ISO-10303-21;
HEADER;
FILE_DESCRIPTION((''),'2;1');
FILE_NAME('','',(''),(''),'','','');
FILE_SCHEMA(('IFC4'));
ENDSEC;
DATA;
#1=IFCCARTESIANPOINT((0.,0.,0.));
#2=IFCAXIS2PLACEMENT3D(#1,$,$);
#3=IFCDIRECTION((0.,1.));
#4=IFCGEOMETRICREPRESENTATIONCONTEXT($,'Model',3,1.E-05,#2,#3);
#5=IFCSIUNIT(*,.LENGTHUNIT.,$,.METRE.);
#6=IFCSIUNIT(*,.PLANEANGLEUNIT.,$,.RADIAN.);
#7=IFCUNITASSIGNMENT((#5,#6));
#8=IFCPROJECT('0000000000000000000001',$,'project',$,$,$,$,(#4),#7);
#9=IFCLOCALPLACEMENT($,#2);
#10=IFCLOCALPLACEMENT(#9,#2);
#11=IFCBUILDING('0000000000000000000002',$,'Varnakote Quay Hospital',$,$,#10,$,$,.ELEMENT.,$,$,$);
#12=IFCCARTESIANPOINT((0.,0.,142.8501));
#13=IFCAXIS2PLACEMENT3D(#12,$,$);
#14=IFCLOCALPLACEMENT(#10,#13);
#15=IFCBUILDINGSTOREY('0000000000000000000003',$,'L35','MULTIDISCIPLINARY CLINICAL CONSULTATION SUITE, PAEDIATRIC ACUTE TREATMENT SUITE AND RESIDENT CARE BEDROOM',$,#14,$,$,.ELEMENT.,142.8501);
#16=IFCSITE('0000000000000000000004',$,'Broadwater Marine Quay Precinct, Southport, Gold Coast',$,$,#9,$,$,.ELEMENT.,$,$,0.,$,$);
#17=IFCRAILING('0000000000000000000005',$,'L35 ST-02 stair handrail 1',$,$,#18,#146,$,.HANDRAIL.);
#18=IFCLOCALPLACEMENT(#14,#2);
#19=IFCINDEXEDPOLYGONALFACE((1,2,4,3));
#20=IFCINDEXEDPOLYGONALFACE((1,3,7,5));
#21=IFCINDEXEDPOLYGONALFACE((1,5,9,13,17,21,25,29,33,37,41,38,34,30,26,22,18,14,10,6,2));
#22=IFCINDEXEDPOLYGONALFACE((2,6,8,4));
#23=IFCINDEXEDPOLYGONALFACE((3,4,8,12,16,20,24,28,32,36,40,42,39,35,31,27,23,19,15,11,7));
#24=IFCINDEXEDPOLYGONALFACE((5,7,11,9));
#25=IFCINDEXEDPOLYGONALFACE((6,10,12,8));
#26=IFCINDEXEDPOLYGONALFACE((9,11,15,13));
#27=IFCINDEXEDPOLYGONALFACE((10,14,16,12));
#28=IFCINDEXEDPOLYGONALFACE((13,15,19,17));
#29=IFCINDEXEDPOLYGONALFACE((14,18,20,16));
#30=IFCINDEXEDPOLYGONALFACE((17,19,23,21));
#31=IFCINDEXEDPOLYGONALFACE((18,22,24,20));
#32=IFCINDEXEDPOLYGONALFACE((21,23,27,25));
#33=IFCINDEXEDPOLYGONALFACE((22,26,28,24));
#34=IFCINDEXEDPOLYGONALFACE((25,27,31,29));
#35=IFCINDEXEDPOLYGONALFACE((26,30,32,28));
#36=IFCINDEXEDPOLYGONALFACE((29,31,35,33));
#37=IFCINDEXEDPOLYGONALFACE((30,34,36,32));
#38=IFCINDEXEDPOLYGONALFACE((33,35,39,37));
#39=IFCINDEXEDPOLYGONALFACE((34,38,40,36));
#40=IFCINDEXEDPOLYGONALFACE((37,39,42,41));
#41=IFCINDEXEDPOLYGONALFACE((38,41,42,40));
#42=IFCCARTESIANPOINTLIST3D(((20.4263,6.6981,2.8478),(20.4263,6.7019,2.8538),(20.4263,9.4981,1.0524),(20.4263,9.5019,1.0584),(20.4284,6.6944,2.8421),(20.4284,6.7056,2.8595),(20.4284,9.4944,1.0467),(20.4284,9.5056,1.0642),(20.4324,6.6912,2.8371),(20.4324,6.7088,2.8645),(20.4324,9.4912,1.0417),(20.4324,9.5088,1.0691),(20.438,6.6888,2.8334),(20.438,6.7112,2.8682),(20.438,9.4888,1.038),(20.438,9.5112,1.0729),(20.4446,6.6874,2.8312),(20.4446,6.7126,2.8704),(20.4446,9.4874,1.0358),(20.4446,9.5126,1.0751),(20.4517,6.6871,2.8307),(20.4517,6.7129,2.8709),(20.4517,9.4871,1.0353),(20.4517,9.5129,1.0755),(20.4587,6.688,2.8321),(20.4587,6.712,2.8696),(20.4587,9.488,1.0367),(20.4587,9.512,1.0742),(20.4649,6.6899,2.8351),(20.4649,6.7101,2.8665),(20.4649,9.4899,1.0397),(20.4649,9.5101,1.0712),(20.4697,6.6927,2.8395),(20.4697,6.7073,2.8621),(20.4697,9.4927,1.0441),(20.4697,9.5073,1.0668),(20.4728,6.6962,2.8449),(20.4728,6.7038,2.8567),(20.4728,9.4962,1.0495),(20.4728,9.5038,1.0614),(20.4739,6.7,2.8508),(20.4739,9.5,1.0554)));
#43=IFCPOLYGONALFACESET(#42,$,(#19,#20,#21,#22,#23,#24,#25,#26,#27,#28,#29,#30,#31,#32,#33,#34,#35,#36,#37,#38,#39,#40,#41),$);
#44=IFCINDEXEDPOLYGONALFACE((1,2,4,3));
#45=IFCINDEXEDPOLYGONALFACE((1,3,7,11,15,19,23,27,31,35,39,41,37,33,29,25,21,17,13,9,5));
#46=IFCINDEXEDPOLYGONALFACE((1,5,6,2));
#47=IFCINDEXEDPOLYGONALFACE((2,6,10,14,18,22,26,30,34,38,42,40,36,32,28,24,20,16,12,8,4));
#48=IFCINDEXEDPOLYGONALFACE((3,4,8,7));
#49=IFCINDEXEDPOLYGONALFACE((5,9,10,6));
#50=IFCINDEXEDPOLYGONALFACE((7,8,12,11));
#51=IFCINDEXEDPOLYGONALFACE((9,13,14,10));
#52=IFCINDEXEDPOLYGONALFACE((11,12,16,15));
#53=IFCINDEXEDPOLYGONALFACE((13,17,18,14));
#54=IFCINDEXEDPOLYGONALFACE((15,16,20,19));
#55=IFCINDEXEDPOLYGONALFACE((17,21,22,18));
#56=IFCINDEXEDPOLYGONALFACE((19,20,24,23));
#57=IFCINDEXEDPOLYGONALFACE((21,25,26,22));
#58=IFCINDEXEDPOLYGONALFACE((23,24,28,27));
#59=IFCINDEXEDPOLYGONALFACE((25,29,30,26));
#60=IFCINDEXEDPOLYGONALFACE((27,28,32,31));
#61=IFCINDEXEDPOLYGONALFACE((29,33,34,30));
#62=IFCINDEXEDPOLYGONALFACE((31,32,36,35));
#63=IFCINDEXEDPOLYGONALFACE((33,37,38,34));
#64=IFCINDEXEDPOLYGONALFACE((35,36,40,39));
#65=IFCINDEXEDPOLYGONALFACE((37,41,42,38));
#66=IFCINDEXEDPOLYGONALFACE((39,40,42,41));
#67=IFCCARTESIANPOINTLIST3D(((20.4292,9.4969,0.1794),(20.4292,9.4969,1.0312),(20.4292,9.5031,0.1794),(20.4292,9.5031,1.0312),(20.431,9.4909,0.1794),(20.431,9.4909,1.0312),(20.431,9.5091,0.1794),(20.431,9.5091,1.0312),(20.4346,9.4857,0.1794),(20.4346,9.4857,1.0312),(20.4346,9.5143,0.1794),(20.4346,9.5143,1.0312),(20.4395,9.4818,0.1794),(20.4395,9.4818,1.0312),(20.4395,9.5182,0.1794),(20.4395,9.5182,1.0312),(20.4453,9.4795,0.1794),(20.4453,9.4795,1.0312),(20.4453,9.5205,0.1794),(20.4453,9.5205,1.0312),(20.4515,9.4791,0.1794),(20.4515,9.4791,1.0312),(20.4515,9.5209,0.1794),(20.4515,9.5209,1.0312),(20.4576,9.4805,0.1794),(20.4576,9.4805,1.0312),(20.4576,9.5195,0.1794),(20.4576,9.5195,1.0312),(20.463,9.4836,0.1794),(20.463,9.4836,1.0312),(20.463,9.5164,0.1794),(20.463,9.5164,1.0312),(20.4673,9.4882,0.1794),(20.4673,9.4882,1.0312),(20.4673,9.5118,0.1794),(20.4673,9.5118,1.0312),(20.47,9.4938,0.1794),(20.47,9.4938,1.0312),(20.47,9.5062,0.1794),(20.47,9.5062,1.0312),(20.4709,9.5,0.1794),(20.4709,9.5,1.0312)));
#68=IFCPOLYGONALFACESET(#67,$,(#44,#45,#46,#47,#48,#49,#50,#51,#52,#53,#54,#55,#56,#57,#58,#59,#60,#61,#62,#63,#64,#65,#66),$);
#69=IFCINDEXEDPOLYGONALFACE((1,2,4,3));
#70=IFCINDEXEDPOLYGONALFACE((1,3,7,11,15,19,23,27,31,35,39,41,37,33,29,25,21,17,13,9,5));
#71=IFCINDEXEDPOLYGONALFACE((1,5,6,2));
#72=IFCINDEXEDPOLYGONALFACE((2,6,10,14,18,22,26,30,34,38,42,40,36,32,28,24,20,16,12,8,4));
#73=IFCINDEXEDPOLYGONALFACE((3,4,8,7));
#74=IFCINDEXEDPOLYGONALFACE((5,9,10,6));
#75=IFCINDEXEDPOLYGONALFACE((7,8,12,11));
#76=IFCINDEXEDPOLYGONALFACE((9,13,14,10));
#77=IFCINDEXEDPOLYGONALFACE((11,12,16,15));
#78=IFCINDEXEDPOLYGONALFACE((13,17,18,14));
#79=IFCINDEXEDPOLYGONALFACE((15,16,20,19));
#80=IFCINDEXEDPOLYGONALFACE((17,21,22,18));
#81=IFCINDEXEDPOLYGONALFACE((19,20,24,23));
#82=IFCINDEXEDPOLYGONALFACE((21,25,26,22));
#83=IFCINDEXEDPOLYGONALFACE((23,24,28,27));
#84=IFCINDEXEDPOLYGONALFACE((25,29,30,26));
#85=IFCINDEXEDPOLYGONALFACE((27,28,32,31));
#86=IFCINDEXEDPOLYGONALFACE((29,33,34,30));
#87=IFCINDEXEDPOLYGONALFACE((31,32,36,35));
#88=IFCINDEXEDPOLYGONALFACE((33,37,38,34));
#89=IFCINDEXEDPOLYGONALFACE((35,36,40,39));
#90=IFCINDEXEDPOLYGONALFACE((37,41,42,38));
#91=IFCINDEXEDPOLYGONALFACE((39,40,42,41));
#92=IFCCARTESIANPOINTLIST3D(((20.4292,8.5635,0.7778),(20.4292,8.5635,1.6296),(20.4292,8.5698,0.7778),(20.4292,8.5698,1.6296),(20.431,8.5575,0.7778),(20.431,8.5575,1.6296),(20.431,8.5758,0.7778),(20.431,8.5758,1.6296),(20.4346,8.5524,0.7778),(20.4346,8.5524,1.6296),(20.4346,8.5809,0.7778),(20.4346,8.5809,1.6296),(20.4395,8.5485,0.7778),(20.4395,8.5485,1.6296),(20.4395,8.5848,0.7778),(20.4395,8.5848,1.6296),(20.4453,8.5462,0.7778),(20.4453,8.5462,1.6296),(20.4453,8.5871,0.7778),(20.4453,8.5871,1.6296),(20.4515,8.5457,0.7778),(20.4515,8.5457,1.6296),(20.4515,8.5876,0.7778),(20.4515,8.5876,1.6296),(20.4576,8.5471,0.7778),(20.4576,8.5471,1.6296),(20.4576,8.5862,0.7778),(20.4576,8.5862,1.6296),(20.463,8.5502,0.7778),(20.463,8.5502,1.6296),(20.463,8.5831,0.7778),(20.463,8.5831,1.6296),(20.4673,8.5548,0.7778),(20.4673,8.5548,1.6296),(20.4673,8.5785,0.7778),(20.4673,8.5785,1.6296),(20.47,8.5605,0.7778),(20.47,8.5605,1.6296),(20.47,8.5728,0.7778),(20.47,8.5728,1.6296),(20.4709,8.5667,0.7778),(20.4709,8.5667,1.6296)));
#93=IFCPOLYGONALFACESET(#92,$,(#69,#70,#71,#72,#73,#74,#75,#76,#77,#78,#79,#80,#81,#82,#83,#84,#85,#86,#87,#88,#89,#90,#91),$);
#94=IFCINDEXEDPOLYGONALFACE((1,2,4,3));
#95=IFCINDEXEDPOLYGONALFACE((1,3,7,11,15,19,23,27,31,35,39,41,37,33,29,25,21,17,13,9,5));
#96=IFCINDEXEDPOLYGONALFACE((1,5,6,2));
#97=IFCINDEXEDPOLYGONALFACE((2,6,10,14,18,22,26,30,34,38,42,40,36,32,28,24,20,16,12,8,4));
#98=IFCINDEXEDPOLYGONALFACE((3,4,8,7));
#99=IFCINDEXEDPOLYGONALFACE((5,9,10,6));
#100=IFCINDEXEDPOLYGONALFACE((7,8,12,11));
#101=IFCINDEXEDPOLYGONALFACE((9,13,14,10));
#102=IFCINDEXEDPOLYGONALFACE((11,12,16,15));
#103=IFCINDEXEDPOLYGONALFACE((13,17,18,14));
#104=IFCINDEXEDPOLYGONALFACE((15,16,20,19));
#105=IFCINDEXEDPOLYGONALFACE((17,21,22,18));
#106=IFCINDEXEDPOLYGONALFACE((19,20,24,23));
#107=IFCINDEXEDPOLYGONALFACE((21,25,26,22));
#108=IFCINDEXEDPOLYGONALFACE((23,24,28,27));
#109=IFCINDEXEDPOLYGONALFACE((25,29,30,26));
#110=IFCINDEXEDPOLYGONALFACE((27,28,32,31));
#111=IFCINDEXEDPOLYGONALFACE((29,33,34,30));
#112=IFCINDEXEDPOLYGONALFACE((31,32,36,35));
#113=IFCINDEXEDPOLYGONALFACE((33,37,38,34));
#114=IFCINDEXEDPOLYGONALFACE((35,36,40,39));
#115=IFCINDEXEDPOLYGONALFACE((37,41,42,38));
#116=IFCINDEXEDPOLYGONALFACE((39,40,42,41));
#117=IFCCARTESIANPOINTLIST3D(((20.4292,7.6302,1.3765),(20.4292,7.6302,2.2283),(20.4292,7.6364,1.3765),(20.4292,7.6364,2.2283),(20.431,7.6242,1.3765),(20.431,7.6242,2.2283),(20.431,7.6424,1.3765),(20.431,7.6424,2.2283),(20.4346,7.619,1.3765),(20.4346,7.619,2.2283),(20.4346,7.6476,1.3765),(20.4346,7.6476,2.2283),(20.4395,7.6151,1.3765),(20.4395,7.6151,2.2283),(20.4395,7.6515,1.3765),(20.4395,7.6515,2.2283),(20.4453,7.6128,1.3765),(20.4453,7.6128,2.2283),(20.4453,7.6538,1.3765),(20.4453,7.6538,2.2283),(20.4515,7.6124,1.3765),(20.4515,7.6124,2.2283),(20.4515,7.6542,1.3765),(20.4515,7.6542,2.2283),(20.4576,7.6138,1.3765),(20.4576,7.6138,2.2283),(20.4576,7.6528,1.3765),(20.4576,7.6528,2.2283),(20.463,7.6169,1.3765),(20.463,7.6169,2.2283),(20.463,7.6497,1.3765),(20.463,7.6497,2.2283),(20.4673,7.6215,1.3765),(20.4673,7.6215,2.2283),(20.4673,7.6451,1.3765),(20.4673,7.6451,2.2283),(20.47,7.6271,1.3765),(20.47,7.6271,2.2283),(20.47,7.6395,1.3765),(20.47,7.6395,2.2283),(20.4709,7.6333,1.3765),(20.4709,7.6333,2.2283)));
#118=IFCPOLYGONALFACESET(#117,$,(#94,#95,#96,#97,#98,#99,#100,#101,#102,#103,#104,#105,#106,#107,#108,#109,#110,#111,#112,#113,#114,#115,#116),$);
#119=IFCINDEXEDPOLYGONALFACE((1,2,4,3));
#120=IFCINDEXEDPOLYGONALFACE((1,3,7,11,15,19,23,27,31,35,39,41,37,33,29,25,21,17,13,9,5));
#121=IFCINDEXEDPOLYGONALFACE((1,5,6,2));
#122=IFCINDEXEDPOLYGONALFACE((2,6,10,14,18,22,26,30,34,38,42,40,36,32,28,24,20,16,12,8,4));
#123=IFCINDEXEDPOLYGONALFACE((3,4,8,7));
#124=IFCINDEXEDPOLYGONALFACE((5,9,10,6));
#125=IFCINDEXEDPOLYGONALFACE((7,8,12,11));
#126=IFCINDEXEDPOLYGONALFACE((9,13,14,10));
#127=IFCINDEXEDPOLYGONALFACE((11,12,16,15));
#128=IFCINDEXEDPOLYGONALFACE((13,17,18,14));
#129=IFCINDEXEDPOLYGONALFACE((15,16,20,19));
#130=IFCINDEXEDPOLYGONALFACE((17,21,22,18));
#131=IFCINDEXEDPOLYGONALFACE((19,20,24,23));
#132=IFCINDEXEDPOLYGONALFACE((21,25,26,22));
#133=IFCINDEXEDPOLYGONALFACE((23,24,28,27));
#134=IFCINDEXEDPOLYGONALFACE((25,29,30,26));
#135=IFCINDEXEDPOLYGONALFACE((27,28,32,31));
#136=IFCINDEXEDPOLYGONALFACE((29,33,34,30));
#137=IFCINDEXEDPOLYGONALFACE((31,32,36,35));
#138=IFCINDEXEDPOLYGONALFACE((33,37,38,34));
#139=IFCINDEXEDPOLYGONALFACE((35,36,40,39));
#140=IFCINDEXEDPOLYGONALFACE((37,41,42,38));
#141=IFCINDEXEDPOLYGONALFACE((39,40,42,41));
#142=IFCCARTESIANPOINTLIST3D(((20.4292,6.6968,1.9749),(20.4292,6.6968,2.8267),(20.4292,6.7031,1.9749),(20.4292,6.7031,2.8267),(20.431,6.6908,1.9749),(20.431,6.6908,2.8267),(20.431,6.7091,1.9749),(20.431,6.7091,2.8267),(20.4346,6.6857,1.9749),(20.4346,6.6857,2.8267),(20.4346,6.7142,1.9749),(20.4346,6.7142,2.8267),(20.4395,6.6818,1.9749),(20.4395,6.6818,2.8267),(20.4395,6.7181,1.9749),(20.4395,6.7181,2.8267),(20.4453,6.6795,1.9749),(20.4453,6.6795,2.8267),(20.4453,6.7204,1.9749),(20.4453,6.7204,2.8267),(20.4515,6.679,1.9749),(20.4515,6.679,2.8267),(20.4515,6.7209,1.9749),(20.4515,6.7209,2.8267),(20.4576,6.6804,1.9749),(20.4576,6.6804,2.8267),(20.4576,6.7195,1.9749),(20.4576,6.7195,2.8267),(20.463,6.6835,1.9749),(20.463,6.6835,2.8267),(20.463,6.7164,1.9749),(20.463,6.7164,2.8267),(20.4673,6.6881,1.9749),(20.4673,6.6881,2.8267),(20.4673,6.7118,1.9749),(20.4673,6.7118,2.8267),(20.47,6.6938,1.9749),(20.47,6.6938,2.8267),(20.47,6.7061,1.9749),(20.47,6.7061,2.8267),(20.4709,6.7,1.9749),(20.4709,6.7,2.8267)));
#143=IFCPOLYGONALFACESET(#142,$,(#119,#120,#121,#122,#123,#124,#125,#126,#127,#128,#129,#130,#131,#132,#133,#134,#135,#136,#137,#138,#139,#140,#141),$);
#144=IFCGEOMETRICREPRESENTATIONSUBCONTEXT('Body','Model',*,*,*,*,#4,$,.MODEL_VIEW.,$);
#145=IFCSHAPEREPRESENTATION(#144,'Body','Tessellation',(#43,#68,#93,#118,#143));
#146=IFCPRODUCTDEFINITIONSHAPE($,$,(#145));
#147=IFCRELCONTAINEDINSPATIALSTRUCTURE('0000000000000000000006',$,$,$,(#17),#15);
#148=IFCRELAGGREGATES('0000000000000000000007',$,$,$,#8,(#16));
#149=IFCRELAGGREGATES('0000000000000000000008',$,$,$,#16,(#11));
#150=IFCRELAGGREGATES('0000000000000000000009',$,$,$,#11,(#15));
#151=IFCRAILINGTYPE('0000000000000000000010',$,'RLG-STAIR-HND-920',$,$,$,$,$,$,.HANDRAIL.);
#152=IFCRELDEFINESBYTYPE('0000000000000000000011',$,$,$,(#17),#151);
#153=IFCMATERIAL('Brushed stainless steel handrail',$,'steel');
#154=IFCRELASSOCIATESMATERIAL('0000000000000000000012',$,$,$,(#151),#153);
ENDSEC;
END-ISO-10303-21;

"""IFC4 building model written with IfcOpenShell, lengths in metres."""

from ifc_helpers import new_model, si_unit, direction, frame, origin, origin_2d, place, context, subcontext, project, spatial, circle, extrude, material, type_object, element, save


model = new_model("IFC4")

# Units and contexts
model_context = context("Model", 3, precision=1e-05, world=origin(), true_north=direction((0.0, 1.0)))
body_context = subcontext(model_context, "Body", "Model", "MODEL_VIEW")
ifc_project = project(units=[si_unit("LENGTHUNIT", "METRE"), si_unit("PLANEANGLEUNIT", "RADIAN")], contexts=[model_context])

# Site, building, storey
site_placement = place(None, origin())
site = spatial("IfcSite", under=ifc_project, at=site_placement, Name="Broadwater Marine Quay Precinct, Southport, Gold Coast", CompositionType="ELEMENT", RefElevation=0.0)
building_placement = place(site_placement, origin())
building = spatial("IfcBuilding", under=site, at=building_placement, Name="Varnakote Quay Hospital", CompositionType="ELEMENT")
storey_placement = place(building_placement, frame((0.0, 0.0, 142.8501)))
storey = spatial("IfcBuildingStorey", under=building, at=storey_placement, Name="L35", Description="MULTIDISCIPLINARY CLINICAL CONSULTATION SUITE, PAEDIATRIC ACUTE TREATMENT SUITE AND RESIDENT CARE BEDROOM", CompositionType="ELEMENT", Elevation=142.8501)

# Railing
ifc_material_1 = material(Name="Brushed stainless steel handrail", Category="steel")
railing_type = type_object("IfcRailingType", Name="RLG-STAIR-HND-920", PredefinedType="HANDRAIL", material=ifc_material_1)
railing_placement = place(storey_placement, frame((20.45, 9.5, 0.1794)))
element("IfcRailing", 1, at=railing_placement, inside=storey, type_object=railing_type, Name="L35 ST-02 stair handrail 1", PredefinedType="HANDRAIL", context=body_context, shape_type="SweptSolid", body=[
    extrude(circle(Radius=0.0239, at=origin_2d()), frame((0.0, 0.0, 0.876), z_axis=(0.0, -0.84181, 0.539774), x_axis=(1.0, 0.0, 0.0)), (0.0, 0.0, 1.0), 3.3262),
    extrude(circle(Radius=0.021, at=origin_2d()), origin(), (0.0, 0.0, 1.0), 0.8518),
    extrude(circle(Radius=0.021, at=origin_2d()), frame((0.0, -0.9333, 0.5984)), (0.0, 0.0, 1.0), 0.8518),
    extrude(circle(Radius=0.021, at=origin_2d()), frame((0.0, -1.8667, 1.197)), (0.0, 0.0, 1.0), 0.8518),
    extrude(circle(Radius=0.021, at=origin_2d()), frame((0.0, -2.8, 1.7954)), (0.0, 0.0, 1.0), 0.8518),
])

save(model, "model.ifc")
